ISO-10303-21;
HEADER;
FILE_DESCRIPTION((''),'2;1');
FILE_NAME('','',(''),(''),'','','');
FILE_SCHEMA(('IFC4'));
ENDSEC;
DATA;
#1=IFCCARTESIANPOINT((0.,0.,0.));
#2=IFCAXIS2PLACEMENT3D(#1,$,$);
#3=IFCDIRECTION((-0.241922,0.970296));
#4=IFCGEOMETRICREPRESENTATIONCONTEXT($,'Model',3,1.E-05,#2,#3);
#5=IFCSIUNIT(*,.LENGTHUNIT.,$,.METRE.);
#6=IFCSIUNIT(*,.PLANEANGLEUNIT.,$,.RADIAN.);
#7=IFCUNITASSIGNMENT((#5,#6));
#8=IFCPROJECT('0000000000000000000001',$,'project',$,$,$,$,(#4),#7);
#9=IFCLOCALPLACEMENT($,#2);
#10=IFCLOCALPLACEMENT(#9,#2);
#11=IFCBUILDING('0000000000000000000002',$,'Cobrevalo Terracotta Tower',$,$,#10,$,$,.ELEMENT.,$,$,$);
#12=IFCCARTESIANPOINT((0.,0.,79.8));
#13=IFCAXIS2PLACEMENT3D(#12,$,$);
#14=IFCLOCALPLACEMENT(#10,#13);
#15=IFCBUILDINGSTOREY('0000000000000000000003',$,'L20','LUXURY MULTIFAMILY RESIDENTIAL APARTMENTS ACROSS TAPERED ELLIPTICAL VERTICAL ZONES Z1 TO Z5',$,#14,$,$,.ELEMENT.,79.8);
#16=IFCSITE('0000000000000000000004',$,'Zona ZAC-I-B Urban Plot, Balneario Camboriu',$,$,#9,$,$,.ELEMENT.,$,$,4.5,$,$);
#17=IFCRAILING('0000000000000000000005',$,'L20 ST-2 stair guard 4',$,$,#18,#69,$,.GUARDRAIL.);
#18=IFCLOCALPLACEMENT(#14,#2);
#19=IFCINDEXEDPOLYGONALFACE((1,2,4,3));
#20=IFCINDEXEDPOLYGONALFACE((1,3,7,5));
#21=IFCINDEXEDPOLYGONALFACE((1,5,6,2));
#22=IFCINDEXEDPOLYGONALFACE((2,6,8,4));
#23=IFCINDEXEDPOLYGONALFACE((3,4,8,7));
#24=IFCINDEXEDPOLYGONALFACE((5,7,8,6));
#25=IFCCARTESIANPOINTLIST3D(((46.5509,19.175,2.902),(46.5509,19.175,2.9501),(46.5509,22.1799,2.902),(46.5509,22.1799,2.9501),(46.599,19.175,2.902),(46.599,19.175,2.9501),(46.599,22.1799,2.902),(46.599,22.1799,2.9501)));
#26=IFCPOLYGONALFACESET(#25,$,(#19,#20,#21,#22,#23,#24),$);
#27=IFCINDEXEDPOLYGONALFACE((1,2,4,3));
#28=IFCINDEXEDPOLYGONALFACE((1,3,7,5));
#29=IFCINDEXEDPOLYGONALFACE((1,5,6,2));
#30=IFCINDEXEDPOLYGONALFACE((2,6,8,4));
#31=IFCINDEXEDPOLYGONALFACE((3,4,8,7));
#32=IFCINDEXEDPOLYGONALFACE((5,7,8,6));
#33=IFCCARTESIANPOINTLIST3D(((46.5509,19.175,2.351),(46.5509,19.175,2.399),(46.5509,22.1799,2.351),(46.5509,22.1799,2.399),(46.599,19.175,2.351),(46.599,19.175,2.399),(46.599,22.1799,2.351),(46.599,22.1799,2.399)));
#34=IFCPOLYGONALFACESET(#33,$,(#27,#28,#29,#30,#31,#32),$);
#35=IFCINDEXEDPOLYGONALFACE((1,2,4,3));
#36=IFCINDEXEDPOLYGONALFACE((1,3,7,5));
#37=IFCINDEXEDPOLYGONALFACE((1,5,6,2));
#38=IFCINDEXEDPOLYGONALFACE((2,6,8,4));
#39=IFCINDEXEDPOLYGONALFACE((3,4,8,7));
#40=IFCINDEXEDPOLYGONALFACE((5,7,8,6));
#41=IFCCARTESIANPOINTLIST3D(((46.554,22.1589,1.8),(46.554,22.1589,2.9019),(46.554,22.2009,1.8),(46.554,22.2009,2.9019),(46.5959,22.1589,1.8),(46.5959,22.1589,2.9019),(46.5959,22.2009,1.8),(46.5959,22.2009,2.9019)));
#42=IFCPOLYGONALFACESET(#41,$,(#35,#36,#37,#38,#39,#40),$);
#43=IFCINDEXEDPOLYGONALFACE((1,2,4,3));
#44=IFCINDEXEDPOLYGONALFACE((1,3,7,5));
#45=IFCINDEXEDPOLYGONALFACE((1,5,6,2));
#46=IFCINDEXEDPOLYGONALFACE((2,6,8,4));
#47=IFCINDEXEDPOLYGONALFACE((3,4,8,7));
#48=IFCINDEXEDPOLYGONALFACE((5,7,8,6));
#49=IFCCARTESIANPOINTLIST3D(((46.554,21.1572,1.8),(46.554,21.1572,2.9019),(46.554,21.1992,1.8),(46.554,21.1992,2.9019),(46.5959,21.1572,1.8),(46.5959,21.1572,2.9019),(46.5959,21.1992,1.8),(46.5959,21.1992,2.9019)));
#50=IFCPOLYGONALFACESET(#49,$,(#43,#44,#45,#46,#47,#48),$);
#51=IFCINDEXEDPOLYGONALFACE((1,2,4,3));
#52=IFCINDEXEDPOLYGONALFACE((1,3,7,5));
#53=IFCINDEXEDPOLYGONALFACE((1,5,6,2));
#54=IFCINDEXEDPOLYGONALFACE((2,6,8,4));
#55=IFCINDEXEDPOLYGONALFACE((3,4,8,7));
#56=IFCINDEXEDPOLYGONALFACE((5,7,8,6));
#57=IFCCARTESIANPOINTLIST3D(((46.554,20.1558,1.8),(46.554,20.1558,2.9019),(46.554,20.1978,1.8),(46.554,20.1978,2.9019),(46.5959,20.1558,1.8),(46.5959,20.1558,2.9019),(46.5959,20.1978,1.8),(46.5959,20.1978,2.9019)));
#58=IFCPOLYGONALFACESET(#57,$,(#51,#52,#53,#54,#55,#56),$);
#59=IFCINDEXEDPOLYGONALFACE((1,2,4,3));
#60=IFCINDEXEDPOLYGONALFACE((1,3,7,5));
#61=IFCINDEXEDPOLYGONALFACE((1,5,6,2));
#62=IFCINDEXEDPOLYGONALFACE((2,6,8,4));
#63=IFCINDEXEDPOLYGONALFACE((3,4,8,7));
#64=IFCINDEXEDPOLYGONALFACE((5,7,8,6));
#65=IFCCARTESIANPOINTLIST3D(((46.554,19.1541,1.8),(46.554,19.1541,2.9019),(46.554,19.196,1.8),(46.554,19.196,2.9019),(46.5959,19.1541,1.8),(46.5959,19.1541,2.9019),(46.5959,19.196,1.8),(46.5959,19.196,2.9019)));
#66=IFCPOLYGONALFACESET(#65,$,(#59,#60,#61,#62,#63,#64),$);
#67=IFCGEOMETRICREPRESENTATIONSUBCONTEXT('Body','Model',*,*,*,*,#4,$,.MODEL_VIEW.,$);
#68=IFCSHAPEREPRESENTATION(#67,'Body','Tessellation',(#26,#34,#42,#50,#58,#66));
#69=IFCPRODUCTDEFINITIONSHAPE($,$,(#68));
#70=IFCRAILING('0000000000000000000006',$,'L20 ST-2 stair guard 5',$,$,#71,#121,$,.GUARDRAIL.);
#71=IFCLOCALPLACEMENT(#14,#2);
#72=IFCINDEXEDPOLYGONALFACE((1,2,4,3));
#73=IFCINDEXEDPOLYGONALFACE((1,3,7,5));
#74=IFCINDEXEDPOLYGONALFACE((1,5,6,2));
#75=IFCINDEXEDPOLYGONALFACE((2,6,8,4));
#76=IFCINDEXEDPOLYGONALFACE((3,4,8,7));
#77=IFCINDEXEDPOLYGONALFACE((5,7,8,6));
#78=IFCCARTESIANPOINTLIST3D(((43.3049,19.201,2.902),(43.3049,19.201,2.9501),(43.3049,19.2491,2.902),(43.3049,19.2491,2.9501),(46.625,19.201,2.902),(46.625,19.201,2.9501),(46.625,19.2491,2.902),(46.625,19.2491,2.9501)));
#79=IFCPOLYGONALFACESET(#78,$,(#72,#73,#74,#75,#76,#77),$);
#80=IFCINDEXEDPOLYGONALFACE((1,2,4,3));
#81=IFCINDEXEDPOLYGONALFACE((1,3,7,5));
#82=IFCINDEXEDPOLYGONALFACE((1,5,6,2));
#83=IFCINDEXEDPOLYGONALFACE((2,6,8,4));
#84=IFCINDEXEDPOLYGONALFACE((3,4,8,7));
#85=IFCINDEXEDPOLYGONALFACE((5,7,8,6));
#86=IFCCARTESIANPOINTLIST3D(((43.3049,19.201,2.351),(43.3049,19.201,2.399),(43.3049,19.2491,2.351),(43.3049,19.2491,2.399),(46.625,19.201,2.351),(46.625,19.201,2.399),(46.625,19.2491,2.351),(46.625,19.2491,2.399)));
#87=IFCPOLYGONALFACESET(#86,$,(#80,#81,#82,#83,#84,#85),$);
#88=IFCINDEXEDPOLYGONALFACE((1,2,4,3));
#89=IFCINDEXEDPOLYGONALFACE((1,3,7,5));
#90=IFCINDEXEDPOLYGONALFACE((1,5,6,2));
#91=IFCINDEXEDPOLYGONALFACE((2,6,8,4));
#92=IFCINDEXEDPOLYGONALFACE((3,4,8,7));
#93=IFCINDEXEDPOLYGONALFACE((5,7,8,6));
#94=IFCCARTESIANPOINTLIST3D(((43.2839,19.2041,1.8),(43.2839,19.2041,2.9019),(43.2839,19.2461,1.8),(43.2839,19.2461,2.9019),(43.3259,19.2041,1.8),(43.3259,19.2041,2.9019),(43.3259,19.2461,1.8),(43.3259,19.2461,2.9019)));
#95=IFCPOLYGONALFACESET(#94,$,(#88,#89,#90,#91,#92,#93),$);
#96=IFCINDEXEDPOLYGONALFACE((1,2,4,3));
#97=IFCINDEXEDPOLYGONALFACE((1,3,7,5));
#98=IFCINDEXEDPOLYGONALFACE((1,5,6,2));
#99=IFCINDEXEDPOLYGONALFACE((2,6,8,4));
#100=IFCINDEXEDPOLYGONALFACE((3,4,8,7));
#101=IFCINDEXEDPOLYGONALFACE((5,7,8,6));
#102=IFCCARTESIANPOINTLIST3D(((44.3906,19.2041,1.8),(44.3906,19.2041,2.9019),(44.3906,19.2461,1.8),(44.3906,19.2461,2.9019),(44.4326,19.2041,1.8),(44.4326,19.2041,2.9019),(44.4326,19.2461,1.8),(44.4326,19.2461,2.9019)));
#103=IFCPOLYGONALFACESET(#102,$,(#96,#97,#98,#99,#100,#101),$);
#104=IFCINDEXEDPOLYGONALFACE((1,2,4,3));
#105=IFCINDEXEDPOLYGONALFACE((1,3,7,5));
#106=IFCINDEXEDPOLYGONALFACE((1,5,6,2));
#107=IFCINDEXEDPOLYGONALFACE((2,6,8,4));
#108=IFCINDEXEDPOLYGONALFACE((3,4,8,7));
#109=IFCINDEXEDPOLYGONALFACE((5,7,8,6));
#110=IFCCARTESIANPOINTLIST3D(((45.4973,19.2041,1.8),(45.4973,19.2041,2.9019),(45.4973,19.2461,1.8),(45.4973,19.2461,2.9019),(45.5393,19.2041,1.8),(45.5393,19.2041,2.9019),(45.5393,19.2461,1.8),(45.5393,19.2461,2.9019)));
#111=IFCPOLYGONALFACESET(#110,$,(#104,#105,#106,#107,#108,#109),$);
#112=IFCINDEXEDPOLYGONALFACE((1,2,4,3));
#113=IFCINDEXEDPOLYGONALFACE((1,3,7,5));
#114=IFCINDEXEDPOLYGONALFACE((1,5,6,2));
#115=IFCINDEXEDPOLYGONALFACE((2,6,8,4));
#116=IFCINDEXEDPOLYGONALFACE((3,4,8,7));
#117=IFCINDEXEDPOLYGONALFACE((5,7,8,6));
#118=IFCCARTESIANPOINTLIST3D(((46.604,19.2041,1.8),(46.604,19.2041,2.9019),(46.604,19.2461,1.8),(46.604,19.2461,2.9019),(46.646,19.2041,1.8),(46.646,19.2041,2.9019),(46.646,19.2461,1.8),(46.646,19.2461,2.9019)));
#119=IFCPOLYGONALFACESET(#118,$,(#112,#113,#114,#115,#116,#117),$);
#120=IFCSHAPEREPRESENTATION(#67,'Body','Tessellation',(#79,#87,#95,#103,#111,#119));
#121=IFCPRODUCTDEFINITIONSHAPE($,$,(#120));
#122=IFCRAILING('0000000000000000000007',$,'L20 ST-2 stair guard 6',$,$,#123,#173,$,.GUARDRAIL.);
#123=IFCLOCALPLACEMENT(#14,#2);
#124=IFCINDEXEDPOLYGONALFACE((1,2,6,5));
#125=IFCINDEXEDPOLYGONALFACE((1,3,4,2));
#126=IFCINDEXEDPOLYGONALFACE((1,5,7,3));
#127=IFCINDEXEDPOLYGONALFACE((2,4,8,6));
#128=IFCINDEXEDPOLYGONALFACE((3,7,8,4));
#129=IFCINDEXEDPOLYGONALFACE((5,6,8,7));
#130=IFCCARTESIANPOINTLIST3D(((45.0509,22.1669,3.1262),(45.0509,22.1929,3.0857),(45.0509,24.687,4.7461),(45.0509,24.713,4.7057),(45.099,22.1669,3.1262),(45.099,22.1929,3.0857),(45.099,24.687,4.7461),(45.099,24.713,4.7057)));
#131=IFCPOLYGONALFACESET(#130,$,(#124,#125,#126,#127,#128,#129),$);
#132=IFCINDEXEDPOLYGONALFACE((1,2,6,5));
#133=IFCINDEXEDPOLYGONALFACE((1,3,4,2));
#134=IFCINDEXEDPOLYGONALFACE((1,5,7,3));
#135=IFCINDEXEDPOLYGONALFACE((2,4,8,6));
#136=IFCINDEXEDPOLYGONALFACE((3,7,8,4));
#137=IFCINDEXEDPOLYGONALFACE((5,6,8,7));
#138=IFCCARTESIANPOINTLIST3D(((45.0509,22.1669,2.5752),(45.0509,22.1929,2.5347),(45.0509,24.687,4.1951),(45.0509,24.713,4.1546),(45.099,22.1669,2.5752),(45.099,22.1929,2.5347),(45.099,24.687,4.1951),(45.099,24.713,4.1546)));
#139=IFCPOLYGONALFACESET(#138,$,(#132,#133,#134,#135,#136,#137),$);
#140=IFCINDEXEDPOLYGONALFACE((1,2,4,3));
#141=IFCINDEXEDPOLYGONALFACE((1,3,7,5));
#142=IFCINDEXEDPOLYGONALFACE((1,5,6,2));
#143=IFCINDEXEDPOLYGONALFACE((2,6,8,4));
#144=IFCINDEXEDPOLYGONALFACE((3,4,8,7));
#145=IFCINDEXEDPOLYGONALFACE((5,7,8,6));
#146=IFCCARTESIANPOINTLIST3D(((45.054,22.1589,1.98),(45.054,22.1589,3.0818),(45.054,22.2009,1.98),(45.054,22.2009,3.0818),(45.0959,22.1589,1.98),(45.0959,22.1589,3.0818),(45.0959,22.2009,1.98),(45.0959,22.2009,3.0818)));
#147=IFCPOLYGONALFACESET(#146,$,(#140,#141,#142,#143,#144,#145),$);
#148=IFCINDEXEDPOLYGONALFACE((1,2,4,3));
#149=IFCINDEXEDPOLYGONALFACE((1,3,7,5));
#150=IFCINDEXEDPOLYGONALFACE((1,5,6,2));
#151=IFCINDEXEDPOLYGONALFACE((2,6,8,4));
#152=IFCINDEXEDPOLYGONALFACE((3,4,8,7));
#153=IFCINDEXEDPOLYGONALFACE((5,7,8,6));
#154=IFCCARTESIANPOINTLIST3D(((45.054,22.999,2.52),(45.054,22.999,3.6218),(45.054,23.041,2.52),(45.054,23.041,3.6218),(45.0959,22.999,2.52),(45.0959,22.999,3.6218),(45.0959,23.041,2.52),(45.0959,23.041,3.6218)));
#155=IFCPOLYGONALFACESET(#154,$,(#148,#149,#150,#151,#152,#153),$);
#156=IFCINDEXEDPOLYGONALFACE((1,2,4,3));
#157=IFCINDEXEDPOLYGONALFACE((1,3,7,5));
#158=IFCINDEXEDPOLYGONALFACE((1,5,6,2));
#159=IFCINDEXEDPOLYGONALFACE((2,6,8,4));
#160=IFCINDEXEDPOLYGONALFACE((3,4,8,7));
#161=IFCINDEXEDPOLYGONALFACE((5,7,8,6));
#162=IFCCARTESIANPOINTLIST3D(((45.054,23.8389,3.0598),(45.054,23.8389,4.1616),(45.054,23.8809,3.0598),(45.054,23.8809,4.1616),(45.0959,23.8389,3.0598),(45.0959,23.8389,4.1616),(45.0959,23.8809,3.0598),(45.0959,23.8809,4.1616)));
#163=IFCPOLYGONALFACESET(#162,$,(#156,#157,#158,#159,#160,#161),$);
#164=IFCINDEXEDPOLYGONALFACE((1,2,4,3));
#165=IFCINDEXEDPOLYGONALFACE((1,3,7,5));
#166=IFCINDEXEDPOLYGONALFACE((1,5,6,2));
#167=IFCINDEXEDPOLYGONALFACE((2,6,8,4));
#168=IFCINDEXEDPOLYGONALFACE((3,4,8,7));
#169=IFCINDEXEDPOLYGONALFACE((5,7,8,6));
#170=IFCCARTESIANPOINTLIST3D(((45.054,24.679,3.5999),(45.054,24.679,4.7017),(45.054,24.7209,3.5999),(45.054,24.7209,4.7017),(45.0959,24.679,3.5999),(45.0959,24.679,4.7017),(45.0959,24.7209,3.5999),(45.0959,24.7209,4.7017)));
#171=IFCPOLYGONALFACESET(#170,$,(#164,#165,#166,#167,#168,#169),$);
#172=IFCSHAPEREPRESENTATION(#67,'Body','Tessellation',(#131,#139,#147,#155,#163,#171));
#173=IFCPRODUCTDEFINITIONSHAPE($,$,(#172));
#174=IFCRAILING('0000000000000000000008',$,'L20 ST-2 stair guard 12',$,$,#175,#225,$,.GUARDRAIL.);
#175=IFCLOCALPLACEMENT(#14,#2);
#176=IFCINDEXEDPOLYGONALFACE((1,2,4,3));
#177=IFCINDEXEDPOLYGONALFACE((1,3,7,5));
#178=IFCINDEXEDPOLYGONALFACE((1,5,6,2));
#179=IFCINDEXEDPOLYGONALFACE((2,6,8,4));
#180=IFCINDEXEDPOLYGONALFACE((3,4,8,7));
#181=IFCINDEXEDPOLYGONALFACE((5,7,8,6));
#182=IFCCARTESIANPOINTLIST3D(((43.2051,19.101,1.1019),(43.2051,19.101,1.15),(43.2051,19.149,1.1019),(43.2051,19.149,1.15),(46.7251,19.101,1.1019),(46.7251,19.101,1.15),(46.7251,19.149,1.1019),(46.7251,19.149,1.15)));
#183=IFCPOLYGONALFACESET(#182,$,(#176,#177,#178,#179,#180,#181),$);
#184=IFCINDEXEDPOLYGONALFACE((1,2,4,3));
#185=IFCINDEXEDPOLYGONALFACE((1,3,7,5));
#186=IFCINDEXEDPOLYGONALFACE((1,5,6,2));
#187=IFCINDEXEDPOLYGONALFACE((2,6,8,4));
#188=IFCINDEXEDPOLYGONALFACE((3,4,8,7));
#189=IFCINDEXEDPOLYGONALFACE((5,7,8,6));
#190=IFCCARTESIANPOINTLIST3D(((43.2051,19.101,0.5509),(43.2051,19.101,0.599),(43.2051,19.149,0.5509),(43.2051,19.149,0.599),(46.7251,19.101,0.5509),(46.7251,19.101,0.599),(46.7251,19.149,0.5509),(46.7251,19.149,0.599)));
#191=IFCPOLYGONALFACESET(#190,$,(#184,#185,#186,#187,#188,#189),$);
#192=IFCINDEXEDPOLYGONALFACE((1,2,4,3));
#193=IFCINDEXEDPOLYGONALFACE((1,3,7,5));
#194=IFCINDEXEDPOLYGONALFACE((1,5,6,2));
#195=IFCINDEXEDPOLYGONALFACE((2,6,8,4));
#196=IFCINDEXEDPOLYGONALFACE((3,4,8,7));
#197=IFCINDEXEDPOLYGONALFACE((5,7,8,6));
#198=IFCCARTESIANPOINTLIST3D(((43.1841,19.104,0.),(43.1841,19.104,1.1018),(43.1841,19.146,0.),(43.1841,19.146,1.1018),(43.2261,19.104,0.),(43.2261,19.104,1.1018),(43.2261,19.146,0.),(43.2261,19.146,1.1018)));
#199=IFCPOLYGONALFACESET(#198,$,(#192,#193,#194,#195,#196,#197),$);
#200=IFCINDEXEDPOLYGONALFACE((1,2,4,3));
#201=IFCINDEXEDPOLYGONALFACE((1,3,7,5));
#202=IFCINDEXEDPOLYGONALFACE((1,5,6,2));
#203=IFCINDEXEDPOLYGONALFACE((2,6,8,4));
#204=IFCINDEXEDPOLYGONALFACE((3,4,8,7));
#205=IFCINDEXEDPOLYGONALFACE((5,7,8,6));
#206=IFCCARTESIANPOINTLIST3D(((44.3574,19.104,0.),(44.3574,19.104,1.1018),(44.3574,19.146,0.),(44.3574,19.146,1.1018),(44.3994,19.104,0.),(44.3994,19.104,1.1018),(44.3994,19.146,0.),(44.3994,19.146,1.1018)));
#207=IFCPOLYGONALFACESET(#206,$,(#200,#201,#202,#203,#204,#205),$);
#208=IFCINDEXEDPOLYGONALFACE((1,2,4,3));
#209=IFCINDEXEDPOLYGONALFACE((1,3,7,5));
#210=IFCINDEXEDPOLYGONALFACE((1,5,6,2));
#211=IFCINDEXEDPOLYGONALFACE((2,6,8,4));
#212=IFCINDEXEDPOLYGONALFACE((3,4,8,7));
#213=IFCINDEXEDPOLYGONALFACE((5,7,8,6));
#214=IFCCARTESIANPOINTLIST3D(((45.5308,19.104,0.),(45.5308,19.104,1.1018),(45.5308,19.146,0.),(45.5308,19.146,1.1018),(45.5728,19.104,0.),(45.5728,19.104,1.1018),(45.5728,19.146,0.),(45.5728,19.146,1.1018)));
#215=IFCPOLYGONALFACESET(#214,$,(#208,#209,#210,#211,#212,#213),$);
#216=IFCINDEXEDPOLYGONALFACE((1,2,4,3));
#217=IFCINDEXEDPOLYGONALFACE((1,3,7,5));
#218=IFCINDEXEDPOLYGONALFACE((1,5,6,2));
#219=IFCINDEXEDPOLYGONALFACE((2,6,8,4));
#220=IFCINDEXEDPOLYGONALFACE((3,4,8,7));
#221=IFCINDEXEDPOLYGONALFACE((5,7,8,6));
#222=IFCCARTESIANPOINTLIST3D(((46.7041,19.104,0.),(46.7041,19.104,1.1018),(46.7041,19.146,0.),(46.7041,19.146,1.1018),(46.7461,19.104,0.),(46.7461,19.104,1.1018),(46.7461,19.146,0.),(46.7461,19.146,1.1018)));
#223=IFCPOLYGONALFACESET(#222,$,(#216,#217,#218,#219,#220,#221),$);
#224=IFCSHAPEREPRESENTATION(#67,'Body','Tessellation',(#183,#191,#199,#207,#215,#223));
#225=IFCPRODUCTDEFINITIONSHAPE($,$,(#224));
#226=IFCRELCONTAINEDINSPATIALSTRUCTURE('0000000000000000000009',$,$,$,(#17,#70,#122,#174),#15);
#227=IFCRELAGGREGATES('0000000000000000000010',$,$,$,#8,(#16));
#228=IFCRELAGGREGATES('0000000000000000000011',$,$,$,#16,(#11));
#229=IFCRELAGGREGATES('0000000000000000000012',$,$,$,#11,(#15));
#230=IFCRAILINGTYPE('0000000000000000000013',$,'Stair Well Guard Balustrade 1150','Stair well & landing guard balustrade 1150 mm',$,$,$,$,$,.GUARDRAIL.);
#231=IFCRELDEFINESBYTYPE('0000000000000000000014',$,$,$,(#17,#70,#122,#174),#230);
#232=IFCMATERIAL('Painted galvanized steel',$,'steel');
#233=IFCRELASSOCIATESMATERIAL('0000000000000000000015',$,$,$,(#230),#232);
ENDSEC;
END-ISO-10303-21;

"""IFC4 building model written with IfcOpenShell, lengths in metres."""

from ifc_helpers import new_model, si_unit, direction, frame, origin, origin_2d, place, context, subcontext, project, spatial, rectangle, extrude, material, type_object, element, save


model = new_model("IFC4")

# Units and contexts
model_context = context("Model", 3, precision=1e-05, world=origin(), true_north=direction((-0.241922, 0.970296)))
body_context = subcontext(model_context, "Body", "Model", "MODEL_VIEW")
ifc_project = project(units=[si_unit("LENGTHUNIT", "METRE"), si_unit("PLANEANGLEUNIT", "RADIAN")], contexts=[model_context])

# Site, building, storey
site_placement = place(None, origin())
site = spatial("IfcSite", under=ifc_project, at=site_placement, Name="Zona ZAC-I-B Urban Plot, Balneario Camboriu", CompositionType="ELEMENT", RefElevation=4.5)
building_placement = place(site_placement, origin())
building = spatial("IfcBuilding", under=site, at=building_placement, Name="Cobrevalo Terracotta Tower", CompositionType="ELEMENT")
storey_placement = place(building_placement, frame((0.0, 0.0, 79.8)))
storey = spatial("IfcBuildingStorey", under=building, at=storey_placement, Name="L20", Description="LUXURY MULTIFAMILY RESIDENTIAL APARTMENTS ACROSS TAPERED ELLIPTICAL VERTICAL ZONES Z1 TO Z5", CompositionType="ELEMENT", Elevation=79.8)

# Railings
ifc_material_1 = material(Name="Painted galvanized steel", Category="steel")
railing_type_1 = type_object("IfcRailingType", Name="Stair Well Guard Balustrade 1150", Description="Stair well & landing guard balustrade 1150 mm", PredefinedType="GUARDRAIL", material=ifc_material_1)
for number, where, name in (
    (1, (46.575, 22.1799, 1.8), "L20 ST-2 stair guard 4"),
):
    element("IfcRailing", number, at=place(storey_placement, frame(where)), inside=storey, type_object=railing_type_1, Name=name, PredefinedType="GUARDRAIL", context=body_context, shape_type="SweptSolid", body=[
        extrude(rectangle(XDim=0.0481, YDim=0.0481, at=origin_2d()), frame((0.0, 0.0, 1.126), z_axis=(0.0, -1.0, 0.0), x_axis=(1.0, 0.0, 0.0)), (0.0, 0.0, 1.0), 3.0049),
        extrude(rectangle(XDim=0.0481, YDim=0.0481, at=origin_2d()), frame((0.0, 0.0, 0.575), z_axis=(0.0, -1.0, 0.0), x_axis=(1.0, 0.0, 0.0)), (0.0, 0.0, 1.0), 3.0049),
        extrude(rectangle(XDim=0.042, YDim=0.042, at=origin_2d()), origin(), (0.0, 0.0, 1.0), 1.1018),
        extrude(rectangle(XDim=0.042, YDim=0.042, at=origin_2d()), frame((0.0, -1.0017, 0.0)), (0.0, 0.0, 1.0), 1.1018),
        extrude(rectangle(XDim=0.042, YDim=0.042, at=origin_2d()), frame((0.0, -2.0032, 0.0)), (0.0, 0.0, 1.0), 1.1018),
        extrude(rectangle(XDim=0.042, YDim=0.042, at=origin_2d()), frame((0.0, -3.0049, 0.0)), (0.0, 0.0, 1.0), 1.1018),
    ])
railing_1_placement = place(storey_placement, frame((43.3049, 19.2251, 1.8)))
element("IfcRailing", 2, at=railing_1_placement, inside=storey, type_object=railing_type_1, Name="L20 ST-2 stair guard 5", PredefinedType="GUARDRAIL", context=body_context, shape_type="SweptSolid", body=[
    extrude(rectangle(XDim=0.0481, YDim=0.0481, at=origin_2d()), frame((0.0, 0.0, 1.126), z_axis=(1.0, 0.0, 0.0), x_axis=(0.0, 1.0, 0.0)), (0.0, 0.0, 1.0), 3.3201),
    extrude(rectangle(XDim=0.0481, YDim=0.0481, at=origin_2d()), frame((0.0, 0.0, 0.575), z_axis=(1.0, 0.0, 0.0), x_axis=(0.0, 1.0, 0.0)), (0.0, 0.0, 1.0), 3.3201),
    extrude(rectangle(XDim=0.042, YDim=0.042, at=origin_2d()), origin(), (0.0, 0.0, 1.0), 1.1018),
    extrude(rectangle(XDim=0.042, YDim=0.042, at=origin_2d()), frame((1.1067, 0.0, 0.0)), (0.0, 0.0, 1.0), 1.1018),
    extrude(rectangle(XDim=0.042, YDim=0.042, at=origin_2d()), frame((2.2134, 0.0, 0.0)), (0.0, 0.0, 1.0), 1.1018),
    extrude(rectangle(XDim=0.042, YDim=0.042, at=origin_2d()), frame((3.3201, 0.0, 0.0)), (0.0, 0.0, 1.0), 1.1018),
])
railing_2_placement = place(storey_placement, frame((45.075, 22.1799, 1.98)))
element("IfcRailing", 3, at=railing_2_placement, inside=storey, type_object=railing_type_1, Name="L20 ST-2 stair guard 6", PredefinedType="GUARDRAIL", context=body_context, shape_type="SweptSolid", body=[
    extrude(rectangle(XDim=0.0481, YDim=0.0481, at=origin_2d()), frame((0.0, 0.0, 1.126), z_axis=(0.0, 0.8412, 0.540725), x_axis=(-1.0, 0.0, 0.0)), (0.0, 0.0, 1.0), 2.9958),
    extrude(rectangle(XDim=0.0481, YDim=0.0481, at=origin_2d()), frame((0.0, 0.0, 0.575), z_axis=(0.0, 0.8412, 0.540725), x_axis=(-1.0, 0.0, 0.0)), (0.0, 0.0, 1.0), 2.9958),
    extrude(rectangle(XDim=0.042, YDim=0.042, at=origin_2d()), origin(), (0.0, 0.0, 1.0), 1.1018),
    extrude(rectangle(XDim=0.042, YDim=0.042, at=origin_2d()), frame((0.0, 0.8401, 0.54)), (0.0, 0.0, 1.0), 1.1018),
    extrude(rectangle(XDim=0.042, YDim=0.042, at=origin_2d()), frame((0.0, 1.6799, 1.0798)), (0.0, 0.0, 1.0), 1.1018),
    extrude(rectangle(XDim=0.042, YDim=0.042, at=origin_2d()), frame((0.0, 2.52, 1.6199)), (0.0, 0.0, 1.0), 1.1018),
])
railing_3_placement = place(storey_placement, frame((43.2051, 19.125, 0.0)))
element("IfcRailing", 4, at=railing_3_placement, inside=storey, type_object=railing_type_1, Name="L20 ST-2 stair guard 12", PredefinedType="GUARDRAIL", context=body_context, shape_type="SweptSolid", body=[
    extrude(rectangle(XDim=0.0481, YDim=0.0481, at=origin_2d()), frame((0.0, 0.0, 1.126), z_axis=(1.0, 0.0, 0.0), x_axis=(0.0, 1.0, 0.0)), (0.0, 0.0, 1.0), 3.52),
    extrude(rectangle(XDim=0.0481, YDim=0.0481, at=origin_2d()), frame((0.0, 0.0, 0.575), z_axis=(1.0, 0.0, 0.0), x_axis=(0.0, 1.0, 0.0)), (0.0, 0.0, 1.0), 3.52),
    extrude(rectangle(XDim=0.042, YDim=0.042, at=origin_2d()), origin(), (0.0, 0.0, 1.0), 1.1018),
    extrude(rectangle(XDim=0.042, YDim=0.042, at=origin_2d()), frame((1.1733, 0.0, 0.0)), (0.0, 0.0, 1.0), 1.1018),
    extrude(rectangle(XDim=0.042, YDim=0.042, at=origin_2d()), frame((2.3467, 0.0, 0.0)), (0.0, 0.0, 1.0), 1.1018),
    extrude(rectangle(XDim=0.042, YDim=0.042, at=origin_2d()), frame((3.52, 0.0, 0.0)), (0.0, 0.0, 1.0), 1.1018),
])

save(model, "model.ifc")
